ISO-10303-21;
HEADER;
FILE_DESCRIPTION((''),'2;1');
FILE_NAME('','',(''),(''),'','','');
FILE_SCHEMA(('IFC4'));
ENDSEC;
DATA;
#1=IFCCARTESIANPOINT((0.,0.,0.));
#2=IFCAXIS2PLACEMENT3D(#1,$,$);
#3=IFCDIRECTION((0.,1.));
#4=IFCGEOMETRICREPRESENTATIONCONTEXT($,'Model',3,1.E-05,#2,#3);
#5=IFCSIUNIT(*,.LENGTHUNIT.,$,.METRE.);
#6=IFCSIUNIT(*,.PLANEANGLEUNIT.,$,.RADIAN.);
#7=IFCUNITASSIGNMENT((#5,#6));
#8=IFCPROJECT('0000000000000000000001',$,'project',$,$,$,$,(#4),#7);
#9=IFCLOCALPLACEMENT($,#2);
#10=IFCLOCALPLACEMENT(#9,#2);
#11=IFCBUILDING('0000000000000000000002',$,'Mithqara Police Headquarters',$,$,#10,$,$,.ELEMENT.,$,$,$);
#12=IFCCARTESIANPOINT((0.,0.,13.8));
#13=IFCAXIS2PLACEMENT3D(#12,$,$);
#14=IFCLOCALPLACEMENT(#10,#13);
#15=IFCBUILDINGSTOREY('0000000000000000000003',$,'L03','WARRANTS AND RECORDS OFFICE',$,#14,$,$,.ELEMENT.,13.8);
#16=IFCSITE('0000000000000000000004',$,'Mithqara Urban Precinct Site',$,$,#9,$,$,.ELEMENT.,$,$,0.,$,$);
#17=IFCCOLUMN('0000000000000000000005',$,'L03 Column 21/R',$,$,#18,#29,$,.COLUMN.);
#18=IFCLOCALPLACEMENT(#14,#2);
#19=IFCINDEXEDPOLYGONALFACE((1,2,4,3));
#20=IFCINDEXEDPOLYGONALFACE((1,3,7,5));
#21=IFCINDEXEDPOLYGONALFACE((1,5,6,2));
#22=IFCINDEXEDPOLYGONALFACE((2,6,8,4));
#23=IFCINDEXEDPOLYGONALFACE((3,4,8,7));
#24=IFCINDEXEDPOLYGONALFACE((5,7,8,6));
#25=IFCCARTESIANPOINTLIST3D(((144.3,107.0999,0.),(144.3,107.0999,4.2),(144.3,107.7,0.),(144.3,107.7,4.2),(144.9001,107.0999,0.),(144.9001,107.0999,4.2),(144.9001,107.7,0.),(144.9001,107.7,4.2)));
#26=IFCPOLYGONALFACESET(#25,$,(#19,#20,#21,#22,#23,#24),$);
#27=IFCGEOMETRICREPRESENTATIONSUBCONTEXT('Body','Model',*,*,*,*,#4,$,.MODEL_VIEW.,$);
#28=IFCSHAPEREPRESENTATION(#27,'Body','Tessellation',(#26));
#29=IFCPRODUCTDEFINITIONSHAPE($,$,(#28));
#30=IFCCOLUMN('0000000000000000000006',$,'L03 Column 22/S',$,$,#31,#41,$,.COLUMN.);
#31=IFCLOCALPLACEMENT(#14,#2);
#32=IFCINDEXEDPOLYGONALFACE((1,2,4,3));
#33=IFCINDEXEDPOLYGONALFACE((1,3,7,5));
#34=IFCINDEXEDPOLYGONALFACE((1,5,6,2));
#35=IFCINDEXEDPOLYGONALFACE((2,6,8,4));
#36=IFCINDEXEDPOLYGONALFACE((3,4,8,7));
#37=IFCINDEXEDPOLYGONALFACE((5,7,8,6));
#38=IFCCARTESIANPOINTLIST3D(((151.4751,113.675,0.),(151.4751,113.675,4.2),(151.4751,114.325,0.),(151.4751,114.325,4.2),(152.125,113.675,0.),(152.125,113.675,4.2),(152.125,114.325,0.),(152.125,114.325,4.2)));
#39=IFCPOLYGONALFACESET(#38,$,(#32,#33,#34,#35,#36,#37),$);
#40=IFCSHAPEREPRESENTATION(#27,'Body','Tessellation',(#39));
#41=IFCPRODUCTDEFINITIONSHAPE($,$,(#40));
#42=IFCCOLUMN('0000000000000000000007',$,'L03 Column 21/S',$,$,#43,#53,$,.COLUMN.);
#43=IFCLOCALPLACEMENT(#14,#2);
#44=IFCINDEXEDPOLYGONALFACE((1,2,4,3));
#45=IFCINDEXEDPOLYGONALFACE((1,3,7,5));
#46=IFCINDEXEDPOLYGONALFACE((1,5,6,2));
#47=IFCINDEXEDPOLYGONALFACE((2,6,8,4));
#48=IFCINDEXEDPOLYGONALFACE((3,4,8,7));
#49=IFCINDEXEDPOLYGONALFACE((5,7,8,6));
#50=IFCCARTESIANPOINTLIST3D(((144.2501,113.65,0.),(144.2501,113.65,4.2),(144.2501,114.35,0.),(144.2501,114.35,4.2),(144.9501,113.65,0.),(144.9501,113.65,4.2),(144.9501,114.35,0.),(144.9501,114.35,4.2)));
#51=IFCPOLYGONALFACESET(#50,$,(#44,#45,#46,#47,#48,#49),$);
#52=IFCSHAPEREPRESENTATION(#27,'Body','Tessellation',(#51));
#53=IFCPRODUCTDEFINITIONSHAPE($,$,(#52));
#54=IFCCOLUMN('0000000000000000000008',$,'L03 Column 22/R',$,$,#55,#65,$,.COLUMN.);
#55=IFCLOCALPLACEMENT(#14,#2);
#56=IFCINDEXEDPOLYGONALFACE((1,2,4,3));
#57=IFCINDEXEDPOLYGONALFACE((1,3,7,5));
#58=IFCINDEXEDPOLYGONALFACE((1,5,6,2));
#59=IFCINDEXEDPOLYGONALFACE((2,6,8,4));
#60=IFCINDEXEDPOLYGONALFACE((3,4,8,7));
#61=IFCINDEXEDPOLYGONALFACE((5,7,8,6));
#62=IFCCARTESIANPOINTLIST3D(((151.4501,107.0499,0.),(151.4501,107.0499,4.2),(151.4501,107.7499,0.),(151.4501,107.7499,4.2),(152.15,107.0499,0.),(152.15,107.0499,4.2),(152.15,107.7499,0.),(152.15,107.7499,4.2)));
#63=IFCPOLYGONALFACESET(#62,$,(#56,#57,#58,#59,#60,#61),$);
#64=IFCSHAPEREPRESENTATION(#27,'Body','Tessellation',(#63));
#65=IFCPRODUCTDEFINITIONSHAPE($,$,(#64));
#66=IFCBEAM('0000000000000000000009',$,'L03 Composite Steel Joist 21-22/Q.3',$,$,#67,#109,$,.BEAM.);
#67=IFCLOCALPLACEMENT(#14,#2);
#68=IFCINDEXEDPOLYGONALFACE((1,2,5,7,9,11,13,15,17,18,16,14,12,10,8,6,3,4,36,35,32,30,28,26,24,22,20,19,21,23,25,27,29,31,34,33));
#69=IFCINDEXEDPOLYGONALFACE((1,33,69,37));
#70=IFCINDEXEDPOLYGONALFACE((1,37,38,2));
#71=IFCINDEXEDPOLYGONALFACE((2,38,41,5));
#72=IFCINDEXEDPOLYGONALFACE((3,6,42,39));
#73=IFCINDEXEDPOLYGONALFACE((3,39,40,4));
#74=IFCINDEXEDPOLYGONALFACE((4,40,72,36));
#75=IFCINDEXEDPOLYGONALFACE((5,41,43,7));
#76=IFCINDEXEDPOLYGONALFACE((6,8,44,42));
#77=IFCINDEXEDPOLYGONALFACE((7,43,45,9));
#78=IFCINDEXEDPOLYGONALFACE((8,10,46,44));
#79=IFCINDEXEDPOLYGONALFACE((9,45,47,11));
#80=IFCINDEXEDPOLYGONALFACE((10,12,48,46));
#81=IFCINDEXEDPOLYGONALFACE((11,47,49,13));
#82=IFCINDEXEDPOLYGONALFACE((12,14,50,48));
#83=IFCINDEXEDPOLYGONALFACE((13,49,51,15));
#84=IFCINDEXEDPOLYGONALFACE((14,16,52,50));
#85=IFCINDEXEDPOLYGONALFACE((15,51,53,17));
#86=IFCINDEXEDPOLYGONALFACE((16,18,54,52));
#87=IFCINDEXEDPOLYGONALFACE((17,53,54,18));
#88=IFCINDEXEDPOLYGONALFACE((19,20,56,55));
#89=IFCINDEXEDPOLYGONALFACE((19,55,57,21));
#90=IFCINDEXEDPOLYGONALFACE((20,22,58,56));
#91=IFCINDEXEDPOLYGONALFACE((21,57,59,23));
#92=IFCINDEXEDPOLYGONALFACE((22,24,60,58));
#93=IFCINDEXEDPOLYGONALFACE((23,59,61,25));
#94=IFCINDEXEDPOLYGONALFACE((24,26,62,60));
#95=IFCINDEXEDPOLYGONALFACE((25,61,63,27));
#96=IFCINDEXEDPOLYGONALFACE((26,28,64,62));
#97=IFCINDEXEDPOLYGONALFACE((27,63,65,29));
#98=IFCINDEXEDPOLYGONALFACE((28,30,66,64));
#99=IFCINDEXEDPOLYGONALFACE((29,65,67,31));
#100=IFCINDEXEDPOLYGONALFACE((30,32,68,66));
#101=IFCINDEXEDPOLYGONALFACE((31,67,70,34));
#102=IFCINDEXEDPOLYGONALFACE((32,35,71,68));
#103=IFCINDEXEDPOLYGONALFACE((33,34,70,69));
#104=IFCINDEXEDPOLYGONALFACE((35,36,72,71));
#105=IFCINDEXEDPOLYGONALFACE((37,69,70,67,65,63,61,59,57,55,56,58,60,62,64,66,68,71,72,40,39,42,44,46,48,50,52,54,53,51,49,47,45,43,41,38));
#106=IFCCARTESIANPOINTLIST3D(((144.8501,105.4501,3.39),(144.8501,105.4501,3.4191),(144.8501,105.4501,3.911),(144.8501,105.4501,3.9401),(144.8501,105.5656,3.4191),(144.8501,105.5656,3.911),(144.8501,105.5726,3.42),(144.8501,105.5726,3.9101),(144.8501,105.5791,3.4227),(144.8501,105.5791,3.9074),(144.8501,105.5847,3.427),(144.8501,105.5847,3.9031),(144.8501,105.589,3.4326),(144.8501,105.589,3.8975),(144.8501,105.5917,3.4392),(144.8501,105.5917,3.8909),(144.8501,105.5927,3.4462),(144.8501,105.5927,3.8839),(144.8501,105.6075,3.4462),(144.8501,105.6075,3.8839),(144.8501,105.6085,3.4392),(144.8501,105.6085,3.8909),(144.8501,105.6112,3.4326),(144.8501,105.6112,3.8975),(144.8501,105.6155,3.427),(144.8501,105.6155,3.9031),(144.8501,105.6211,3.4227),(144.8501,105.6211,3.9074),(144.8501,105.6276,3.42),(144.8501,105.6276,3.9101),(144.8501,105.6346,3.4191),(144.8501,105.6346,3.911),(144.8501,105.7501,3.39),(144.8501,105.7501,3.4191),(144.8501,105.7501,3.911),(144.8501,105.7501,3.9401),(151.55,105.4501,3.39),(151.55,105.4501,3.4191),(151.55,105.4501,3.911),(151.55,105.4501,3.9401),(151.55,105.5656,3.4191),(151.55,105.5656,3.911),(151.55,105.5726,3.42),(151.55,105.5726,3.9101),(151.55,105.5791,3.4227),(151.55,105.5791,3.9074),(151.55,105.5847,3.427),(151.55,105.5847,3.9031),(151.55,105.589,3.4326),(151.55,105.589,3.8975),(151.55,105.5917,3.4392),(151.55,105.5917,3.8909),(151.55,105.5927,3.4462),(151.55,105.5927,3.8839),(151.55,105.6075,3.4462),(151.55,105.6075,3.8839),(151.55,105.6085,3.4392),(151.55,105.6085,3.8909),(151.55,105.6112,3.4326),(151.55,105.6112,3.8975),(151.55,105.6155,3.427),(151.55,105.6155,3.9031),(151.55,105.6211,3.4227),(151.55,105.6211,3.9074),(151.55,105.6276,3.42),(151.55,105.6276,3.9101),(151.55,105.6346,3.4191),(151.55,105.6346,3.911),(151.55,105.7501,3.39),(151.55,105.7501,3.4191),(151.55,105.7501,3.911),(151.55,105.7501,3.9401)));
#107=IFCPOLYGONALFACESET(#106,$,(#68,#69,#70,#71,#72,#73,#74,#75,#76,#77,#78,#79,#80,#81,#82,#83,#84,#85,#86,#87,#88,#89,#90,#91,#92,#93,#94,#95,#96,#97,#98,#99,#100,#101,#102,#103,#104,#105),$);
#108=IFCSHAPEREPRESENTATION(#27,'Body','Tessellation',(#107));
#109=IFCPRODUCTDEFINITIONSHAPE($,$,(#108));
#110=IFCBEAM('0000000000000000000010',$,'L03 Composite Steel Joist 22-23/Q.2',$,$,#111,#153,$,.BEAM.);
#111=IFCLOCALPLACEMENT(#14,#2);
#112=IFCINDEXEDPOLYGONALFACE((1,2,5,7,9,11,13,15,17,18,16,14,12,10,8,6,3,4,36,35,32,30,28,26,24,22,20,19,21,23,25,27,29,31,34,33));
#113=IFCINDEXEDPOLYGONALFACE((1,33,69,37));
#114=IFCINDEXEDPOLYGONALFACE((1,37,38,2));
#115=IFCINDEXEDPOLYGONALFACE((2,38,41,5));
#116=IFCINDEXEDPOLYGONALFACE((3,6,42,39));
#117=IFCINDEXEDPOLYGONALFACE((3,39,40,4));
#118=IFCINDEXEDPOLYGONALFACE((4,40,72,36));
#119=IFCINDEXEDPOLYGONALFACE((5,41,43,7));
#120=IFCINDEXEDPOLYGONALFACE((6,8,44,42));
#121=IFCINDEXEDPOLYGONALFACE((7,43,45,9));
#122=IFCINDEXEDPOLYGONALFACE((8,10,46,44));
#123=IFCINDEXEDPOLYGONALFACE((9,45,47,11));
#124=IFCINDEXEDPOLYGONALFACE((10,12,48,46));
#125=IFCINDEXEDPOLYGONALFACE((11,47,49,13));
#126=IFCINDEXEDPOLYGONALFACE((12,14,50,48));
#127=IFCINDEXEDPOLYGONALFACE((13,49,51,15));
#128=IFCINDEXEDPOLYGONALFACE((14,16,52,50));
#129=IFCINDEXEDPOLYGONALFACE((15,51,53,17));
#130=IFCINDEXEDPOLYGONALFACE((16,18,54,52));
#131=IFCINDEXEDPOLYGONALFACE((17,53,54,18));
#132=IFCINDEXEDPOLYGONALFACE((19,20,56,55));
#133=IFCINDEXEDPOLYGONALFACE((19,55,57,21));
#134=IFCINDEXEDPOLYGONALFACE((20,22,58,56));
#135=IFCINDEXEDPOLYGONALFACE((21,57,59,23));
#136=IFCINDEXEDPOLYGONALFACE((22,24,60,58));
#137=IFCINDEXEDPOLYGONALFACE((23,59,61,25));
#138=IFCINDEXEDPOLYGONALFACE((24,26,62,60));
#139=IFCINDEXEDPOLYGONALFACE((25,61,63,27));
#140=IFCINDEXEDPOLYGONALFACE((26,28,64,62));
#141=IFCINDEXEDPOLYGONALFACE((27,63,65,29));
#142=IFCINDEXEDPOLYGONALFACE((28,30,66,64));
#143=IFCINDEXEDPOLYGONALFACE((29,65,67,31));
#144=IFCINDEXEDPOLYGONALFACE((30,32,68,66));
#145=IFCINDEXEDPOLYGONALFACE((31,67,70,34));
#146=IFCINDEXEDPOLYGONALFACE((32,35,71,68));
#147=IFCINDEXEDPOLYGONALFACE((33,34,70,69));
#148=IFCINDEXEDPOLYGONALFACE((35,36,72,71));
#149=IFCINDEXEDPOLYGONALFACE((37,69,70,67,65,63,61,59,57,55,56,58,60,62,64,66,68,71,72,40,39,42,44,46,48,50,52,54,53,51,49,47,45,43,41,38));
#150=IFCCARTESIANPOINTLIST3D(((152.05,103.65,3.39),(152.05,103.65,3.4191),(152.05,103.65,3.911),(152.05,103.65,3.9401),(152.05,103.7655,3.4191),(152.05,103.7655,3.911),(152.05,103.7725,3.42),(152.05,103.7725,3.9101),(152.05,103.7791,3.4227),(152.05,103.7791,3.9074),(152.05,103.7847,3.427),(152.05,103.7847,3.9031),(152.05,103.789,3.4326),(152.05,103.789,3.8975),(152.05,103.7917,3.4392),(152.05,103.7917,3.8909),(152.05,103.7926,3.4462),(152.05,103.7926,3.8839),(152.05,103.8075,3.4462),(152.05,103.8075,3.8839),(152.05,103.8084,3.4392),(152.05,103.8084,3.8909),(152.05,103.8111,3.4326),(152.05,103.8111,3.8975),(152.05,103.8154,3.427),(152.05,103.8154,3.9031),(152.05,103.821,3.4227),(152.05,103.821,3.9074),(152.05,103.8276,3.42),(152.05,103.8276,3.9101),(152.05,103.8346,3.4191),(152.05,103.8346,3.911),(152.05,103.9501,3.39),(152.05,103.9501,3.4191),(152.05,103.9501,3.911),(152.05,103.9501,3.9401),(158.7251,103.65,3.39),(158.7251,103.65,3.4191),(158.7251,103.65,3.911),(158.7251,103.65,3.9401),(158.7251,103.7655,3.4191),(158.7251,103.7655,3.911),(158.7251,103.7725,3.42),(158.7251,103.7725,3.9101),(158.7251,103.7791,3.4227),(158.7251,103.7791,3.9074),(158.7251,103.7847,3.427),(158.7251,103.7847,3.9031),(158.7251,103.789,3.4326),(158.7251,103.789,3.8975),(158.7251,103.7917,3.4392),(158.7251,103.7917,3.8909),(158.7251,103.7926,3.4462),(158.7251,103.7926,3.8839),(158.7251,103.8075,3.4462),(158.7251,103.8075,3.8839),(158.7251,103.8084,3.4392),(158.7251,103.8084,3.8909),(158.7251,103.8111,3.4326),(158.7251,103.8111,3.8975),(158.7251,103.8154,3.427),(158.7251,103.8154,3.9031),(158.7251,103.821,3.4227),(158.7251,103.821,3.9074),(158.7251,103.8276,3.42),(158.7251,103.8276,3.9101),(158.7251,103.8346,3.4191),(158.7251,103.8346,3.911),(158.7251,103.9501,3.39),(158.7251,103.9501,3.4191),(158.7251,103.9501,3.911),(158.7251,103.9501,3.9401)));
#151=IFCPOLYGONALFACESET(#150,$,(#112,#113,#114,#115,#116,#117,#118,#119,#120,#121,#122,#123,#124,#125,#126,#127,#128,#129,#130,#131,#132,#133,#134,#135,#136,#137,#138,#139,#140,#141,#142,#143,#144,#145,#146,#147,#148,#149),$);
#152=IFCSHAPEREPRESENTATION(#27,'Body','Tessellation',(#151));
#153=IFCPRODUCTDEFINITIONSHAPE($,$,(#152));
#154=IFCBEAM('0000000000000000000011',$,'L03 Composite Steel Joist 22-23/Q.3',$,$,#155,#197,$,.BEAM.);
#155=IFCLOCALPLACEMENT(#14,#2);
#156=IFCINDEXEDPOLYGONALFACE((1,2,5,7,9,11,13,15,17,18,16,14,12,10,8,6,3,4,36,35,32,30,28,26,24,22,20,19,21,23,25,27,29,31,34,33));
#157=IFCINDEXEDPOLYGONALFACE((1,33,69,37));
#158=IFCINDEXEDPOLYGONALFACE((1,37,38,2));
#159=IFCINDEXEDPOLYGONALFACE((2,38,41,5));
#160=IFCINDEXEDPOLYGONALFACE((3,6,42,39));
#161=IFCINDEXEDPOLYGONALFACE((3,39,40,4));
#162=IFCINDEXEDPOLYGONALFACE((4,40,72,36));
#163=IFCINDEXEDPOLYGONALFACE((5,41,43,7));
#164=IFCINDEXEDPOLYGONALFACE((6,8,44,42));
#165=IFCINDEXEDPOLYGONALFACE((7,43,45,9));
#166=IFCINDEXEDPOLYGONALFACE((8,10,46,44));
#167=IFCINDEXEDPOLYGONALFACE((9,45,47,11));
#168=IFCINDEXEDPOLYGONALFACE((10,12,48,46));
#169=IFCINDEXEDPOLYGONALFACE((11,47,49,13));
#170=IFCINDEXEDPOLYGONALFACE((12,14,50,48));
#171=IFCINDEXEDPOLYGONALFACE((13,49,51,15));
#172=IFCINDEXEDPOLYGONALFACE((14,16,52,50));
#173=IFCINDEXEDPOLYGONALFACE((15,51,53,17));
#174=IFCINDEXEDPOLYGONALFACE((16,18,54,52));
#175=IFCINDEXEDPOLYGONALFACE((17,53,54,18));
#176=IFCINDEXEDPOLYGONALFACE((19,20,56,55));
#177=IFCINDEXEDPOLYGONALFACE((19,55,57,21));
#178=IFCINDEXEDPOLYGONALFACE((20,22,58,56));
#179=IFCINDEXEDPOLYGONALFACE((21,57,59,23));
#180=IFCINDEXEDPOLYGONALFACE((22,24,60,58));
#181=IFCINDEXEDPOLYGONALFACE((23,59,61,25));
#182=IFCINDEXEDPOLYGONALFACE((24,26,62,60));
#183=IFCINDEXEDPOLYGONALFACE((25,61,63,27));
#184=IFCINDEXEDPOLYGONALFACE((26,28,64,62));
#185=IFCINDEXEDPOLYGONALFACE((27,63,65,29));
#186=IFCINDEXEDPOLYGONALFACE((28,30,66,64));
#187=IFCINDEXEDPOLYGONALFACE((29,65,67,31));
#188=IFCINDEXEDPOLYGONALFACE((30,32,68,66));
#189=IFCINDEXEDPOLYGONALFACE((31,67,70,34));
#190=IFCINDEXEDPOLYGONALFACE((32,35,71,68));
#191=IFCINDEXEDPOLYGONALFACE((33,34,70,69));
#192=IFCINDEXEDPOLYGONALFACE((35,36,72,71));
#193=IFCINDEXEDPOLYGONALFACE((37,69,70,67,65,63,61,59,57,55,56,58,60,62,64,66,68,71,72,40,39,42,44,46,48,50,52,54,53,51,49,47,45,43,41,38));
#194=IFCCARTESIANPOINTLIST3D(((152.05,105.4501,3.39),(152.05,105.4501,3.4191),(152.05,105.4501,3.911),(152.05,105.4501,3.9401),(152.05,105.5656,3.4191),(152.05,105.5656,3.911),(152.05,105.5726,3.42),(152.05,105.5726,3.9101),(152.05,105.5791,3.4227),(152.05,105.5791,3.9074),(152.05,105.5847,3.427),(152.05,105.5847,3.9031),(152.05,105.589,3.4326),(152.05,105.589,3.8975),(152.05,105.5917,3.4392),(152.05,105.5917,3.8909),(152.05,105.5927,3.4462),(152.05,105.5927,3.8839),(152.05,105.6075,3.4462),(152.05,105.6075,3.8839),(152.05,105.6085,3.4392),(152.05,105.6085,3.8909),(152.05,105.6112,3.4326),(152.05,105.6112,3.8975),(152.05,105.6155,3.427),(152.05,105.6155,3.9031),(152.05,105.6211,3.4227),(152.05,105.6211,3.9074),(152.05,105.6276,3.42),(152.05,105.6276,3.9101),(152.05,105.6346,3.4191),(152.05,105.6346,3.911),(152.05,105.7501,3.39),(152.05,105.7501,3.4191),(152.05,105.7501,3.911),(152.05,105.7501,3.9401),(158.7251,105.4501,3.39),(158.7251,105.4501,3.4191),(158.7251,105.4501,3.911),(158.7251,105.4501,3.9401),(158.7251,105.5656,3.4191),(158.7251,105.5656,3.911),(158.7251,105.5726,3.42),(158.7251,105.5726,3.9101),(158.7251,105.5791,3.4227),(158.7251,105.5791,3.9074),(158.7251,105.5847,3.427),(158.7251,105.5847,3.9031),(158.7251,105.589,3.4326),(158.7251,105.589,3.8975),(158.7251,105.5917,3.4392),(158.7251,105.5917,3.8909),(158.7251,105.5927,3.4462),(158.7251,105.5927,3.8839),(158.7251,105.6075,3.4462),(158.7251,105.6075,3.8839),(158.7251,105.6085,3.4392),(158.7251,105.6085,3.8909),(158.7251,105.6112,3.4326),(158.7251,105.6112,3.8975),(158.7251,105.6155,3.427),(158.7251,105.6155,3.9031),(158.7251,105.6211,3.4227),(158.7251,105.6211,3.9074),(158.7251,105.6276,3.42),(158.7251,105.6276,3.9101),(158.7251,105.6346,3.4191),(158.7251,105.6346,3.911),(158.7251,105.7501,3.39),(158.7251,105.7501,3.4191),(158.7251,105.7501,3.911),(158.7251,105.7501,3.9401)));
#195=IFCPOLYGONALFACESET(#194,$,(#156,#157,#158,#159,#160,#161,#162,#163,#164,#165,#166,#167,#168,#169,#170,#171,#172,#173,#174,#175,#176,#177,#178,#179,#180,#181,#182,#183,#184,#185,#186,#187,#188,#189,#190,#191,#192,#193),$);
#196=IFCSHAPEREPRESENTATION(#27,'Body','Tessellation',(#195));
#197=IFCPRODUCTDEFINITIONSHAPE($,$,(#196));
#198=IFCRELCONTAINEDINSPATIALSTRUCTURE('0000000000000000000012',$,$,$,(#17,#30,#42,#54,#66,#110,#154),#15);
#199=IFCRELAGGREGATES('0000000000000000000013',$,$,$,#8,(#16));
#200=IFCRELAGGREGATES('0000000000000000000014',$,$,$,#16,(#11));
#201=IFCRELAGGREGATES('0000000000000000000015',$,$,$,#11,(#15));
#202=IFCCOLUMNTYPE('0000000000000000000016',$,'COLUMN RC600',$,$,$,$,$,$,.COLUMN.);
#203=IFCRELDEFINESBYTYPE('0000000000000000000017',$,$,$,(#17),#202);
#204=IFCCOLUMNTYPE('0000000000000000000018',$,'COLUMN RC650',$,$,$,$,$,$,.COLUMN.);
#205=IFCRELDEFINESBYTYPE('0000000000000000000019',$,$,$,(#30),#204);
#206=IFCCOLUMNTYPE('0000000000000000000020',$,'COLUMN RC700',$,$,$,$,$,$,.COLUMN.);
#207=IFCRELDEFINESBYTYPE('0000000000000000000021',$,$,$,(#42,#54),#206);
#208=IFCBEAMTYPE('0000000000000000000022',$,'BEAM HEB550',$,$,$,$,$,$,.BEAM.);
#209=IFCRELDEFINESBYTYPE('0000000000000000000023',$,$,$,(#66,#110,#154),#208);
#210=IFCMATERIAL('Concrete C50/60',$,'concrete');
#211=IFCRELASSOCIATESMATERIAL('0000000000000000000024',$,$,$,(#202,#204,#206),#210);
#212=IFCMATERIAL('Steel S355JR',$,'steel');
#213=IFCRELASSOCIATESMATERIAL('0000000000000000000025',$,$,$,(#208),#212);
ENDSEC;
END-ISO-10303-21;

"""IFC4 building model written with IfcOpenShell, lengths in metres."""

from ifc_helpers import new_model, si_unit, direction, frame, origin, origin_2d, place, context, subcontext, project, spatial, rectangle, i_section, extrude, material, material_profile, profile_set, type_object, element, save


model = new_model("IFC4")

# Units and contexts
model_context = context("Model", 3, precision=1e-05, world=origin(), true_north=direction((0.0, 1.0)))
body_context = subcontext(model_context, "Body", "Model", "MODEL_VIEW")
ifc_project = project(units=[si_unit("LENGTHUNIT", "METRE"), si_unit("PLANEANGLEUNIT", "RADIAN")], contexts=[model_context])

# Site, building, storey
site_placement = place(None, origin())
site = spatial("IfcSite", under=ifc_project, at=site_placement, Name="Mithqara Urban Precinct Site", CompositionType="ELEMENT", RefElevation=0.0)
building_placement = place(site_placement, origin())
building = spatial("IfcBuilding", under=site, at=building_placement, Name="Mithqara Police Headquarters", CompositionType="ELEMENT")
storey_placement = place(building_placement, frame((0.0, 0.0, 13.8)))
storey = spatial("IfcBuildingStorey", under=building, at=storey_placement, Name="L03", Description="WARRANTS AND RECORDS OFFICE", CompositionType="ELEMENT", Elevation=13.8)

# Columns
ifc_material_1 = material(Name="Concrete C50/60", Category="concrete")
ifc_material_profile_1 = material_profile(ifc_material_1, rectangle(XDim=0.6001, YDim=0.6001, at=origin_2d()), Name="RC 600x600")
ifc_profile_set_1 = profile_set([ifc_material_profile_1], Name="Concrete C50/60")
column_type_1 = type_object("IfcColumnType", Name="COLUMN RC600", PredefinedType="COLUMN", material=ifc_profile_set_1)
column_1_placement = place(storey_placement, frame((144.6001, 107.3999, 0.0), z_axis=(0.0, 0.0, 1.0), x_axis=(1.0, 0.0, 0.0)))
element("IfcColumn", 1, at=column_1_placement, inside=storey, type_object=column_type_1, Name="L03 Column 21/R", PredefinedType="COLUMN", context=body_context, shape_type="SweptSolid", body=[
    extrude(rectangle(XDim=0.6001, YDim=0.6001, at=origin_2d()), origin(), (0.0, 0.0, 1.0), 4.2),
])
ifc_material_profile_2 = material_profile(ifc_material_1, rectangle(XDim=0.6499, YDim=0.6499, at=origin_2d()), Name="RC 650x650")
ifc_profile_set_2 = profile_set([ifc_material_profile_2], Name="Concrete C50/60")
column_type_2 = type_object("IfcColumnType", Name="COLUMN RC650", PredefinedType="COLUMN", material=ifc_profile_set_2)
column_2_placement = place(storey_placement, frame((151.8, 114.0, 0.0), z_axis=(0.0, 0.0, 1.0), x_axis=(1.0, 0.0, 0.0)))
element("IfcColumn", 2, at=column_2_placement, inside=storey, type_object=column_type_2, Name="L03 Column 22/S", PredefinedType="COLUMN", context=body_context, shape_type="SweptSolid", body=[
    extrude(rectangle(XDim=0.6499, YDim=0.6499, at=origin_2d()), origin(), (0.0, 0.0, 1.0), 4.2),
])
ifc_material_profile_3 = material_profile(ifc_material_1, rectangle(XDim=0.7, YDim=0.7, at=origin_2d()), Name="RC 700x700")
ifc_profile_set_3 = profile_set([ifc_material_profile_3], Name="Concrete C50/60")
column_type_3 = type_object("IfcColumnType", Name="COLUMN RC700", PredefinedType="COLUMN", material=ifc_profile_set_3)
for number, where, z_axis, x_axis, name in (
    (3, (144.6001, 114.0, 0.0), (0.0, 0.0, 1.0), (1.0, 0.0, 0.0), "L03 Column 21/S"),
    (4, (151.8, 107.3999, 0.0), (0.0, 0.0, 1.0), (1.0, 0.0, 0.0), "L03 Column 22/R"),
):
    element("IfcColumn", number, at=place(storey_placement, frame(where, z_axis=z_axis, x_axis=x_axis)), inside=storey, type_object=column_type_3, Name=name, PredefinedType="COLUMN", context=body_context, shape_type="SweptSolid", body=[
        extrude(rectangle(XDim=0.7, YDim=0.7, at=origin_2d()), origin(), (0.0, 0.0, 1.0), 4.2),
    ])

# Beams
ifc_material_2 = material(Name="Steel S355JR", Category="steel")
ifc_material_profile_4 = material_profile(ifc_material_2, i_section(OverallWidth=0.3, OverallDepth=0.55, WebThickness=0.0149, FlangeThickness=0.0291, FilletRadius=0.0271, at=origin_2d()), Name="HEB 550")
ifc_profile_set_4 = profile_set([ifc_material_profile_4], Name="Steel S355JR")
beam_type_1 = type_object("IfcBeamType", Name="BEAM HEB550", PredefinedType="BEAM", material=ifc_profile_set_4)
beam_1_placement = place(storey_placement, frame((144.8501, 105.6001, 3.665), z_axis=(1.0, 0.0, 0.0), x_axis=(0.0, 1.0, 0.0)))
element("IfcBeam", 5, at=beam_1_placement, inside=storey, type_object=beam_type_1, Name="L03 Composite Steel Joist 21-22/Q.3", PredefinedType="BEAM", context=body_context, shape_type="SweptSolid", body=[
    extrude(i_section(OverallWidth=0.3, OverallDepth=0.55, WebThickness=0.0149, FlangeThickness=0.0291, FilletRadius=0.0271, at=origin_2d()), origin(), (0.0, 0.0, 1.0), 6.7),
])
for number, where, z_axis, x_axis, name in (
    (6, (152.05, 103.8, 3.665), (1.0, 0.0, 0.0), (0.0, 1.0, 0.0), "L03 Composite Steel Joist 22-23/Q.2"),
    (7, (152.05, 105.6001, 3.665), (1.0, 0.0, 0.0), (0.0, 1.0, 0.0), "L03 Composite Steel Joist 22-23/Q.3"),
):
    element("IfcBeam", number, at=place(storey_placement, frame(where, z_axis=z_axis, x_axis=x_axis)), inside=storey, type_object=beam_type_1, Name=name, PredefinedType="BEAM", context=body_context, shape_type="SweptSolid", body=[
        extrude(i_section(OverallWidth=0.3, OverallDepth=0.55, WebThickness=0.0149, FlangeThickness=0.0291, FilletRadius=0.0271, at=origin_2d()), origin(), (0.0, 0.0, 1.0), 6.675),
    ])

save(model, "model.ifc")
